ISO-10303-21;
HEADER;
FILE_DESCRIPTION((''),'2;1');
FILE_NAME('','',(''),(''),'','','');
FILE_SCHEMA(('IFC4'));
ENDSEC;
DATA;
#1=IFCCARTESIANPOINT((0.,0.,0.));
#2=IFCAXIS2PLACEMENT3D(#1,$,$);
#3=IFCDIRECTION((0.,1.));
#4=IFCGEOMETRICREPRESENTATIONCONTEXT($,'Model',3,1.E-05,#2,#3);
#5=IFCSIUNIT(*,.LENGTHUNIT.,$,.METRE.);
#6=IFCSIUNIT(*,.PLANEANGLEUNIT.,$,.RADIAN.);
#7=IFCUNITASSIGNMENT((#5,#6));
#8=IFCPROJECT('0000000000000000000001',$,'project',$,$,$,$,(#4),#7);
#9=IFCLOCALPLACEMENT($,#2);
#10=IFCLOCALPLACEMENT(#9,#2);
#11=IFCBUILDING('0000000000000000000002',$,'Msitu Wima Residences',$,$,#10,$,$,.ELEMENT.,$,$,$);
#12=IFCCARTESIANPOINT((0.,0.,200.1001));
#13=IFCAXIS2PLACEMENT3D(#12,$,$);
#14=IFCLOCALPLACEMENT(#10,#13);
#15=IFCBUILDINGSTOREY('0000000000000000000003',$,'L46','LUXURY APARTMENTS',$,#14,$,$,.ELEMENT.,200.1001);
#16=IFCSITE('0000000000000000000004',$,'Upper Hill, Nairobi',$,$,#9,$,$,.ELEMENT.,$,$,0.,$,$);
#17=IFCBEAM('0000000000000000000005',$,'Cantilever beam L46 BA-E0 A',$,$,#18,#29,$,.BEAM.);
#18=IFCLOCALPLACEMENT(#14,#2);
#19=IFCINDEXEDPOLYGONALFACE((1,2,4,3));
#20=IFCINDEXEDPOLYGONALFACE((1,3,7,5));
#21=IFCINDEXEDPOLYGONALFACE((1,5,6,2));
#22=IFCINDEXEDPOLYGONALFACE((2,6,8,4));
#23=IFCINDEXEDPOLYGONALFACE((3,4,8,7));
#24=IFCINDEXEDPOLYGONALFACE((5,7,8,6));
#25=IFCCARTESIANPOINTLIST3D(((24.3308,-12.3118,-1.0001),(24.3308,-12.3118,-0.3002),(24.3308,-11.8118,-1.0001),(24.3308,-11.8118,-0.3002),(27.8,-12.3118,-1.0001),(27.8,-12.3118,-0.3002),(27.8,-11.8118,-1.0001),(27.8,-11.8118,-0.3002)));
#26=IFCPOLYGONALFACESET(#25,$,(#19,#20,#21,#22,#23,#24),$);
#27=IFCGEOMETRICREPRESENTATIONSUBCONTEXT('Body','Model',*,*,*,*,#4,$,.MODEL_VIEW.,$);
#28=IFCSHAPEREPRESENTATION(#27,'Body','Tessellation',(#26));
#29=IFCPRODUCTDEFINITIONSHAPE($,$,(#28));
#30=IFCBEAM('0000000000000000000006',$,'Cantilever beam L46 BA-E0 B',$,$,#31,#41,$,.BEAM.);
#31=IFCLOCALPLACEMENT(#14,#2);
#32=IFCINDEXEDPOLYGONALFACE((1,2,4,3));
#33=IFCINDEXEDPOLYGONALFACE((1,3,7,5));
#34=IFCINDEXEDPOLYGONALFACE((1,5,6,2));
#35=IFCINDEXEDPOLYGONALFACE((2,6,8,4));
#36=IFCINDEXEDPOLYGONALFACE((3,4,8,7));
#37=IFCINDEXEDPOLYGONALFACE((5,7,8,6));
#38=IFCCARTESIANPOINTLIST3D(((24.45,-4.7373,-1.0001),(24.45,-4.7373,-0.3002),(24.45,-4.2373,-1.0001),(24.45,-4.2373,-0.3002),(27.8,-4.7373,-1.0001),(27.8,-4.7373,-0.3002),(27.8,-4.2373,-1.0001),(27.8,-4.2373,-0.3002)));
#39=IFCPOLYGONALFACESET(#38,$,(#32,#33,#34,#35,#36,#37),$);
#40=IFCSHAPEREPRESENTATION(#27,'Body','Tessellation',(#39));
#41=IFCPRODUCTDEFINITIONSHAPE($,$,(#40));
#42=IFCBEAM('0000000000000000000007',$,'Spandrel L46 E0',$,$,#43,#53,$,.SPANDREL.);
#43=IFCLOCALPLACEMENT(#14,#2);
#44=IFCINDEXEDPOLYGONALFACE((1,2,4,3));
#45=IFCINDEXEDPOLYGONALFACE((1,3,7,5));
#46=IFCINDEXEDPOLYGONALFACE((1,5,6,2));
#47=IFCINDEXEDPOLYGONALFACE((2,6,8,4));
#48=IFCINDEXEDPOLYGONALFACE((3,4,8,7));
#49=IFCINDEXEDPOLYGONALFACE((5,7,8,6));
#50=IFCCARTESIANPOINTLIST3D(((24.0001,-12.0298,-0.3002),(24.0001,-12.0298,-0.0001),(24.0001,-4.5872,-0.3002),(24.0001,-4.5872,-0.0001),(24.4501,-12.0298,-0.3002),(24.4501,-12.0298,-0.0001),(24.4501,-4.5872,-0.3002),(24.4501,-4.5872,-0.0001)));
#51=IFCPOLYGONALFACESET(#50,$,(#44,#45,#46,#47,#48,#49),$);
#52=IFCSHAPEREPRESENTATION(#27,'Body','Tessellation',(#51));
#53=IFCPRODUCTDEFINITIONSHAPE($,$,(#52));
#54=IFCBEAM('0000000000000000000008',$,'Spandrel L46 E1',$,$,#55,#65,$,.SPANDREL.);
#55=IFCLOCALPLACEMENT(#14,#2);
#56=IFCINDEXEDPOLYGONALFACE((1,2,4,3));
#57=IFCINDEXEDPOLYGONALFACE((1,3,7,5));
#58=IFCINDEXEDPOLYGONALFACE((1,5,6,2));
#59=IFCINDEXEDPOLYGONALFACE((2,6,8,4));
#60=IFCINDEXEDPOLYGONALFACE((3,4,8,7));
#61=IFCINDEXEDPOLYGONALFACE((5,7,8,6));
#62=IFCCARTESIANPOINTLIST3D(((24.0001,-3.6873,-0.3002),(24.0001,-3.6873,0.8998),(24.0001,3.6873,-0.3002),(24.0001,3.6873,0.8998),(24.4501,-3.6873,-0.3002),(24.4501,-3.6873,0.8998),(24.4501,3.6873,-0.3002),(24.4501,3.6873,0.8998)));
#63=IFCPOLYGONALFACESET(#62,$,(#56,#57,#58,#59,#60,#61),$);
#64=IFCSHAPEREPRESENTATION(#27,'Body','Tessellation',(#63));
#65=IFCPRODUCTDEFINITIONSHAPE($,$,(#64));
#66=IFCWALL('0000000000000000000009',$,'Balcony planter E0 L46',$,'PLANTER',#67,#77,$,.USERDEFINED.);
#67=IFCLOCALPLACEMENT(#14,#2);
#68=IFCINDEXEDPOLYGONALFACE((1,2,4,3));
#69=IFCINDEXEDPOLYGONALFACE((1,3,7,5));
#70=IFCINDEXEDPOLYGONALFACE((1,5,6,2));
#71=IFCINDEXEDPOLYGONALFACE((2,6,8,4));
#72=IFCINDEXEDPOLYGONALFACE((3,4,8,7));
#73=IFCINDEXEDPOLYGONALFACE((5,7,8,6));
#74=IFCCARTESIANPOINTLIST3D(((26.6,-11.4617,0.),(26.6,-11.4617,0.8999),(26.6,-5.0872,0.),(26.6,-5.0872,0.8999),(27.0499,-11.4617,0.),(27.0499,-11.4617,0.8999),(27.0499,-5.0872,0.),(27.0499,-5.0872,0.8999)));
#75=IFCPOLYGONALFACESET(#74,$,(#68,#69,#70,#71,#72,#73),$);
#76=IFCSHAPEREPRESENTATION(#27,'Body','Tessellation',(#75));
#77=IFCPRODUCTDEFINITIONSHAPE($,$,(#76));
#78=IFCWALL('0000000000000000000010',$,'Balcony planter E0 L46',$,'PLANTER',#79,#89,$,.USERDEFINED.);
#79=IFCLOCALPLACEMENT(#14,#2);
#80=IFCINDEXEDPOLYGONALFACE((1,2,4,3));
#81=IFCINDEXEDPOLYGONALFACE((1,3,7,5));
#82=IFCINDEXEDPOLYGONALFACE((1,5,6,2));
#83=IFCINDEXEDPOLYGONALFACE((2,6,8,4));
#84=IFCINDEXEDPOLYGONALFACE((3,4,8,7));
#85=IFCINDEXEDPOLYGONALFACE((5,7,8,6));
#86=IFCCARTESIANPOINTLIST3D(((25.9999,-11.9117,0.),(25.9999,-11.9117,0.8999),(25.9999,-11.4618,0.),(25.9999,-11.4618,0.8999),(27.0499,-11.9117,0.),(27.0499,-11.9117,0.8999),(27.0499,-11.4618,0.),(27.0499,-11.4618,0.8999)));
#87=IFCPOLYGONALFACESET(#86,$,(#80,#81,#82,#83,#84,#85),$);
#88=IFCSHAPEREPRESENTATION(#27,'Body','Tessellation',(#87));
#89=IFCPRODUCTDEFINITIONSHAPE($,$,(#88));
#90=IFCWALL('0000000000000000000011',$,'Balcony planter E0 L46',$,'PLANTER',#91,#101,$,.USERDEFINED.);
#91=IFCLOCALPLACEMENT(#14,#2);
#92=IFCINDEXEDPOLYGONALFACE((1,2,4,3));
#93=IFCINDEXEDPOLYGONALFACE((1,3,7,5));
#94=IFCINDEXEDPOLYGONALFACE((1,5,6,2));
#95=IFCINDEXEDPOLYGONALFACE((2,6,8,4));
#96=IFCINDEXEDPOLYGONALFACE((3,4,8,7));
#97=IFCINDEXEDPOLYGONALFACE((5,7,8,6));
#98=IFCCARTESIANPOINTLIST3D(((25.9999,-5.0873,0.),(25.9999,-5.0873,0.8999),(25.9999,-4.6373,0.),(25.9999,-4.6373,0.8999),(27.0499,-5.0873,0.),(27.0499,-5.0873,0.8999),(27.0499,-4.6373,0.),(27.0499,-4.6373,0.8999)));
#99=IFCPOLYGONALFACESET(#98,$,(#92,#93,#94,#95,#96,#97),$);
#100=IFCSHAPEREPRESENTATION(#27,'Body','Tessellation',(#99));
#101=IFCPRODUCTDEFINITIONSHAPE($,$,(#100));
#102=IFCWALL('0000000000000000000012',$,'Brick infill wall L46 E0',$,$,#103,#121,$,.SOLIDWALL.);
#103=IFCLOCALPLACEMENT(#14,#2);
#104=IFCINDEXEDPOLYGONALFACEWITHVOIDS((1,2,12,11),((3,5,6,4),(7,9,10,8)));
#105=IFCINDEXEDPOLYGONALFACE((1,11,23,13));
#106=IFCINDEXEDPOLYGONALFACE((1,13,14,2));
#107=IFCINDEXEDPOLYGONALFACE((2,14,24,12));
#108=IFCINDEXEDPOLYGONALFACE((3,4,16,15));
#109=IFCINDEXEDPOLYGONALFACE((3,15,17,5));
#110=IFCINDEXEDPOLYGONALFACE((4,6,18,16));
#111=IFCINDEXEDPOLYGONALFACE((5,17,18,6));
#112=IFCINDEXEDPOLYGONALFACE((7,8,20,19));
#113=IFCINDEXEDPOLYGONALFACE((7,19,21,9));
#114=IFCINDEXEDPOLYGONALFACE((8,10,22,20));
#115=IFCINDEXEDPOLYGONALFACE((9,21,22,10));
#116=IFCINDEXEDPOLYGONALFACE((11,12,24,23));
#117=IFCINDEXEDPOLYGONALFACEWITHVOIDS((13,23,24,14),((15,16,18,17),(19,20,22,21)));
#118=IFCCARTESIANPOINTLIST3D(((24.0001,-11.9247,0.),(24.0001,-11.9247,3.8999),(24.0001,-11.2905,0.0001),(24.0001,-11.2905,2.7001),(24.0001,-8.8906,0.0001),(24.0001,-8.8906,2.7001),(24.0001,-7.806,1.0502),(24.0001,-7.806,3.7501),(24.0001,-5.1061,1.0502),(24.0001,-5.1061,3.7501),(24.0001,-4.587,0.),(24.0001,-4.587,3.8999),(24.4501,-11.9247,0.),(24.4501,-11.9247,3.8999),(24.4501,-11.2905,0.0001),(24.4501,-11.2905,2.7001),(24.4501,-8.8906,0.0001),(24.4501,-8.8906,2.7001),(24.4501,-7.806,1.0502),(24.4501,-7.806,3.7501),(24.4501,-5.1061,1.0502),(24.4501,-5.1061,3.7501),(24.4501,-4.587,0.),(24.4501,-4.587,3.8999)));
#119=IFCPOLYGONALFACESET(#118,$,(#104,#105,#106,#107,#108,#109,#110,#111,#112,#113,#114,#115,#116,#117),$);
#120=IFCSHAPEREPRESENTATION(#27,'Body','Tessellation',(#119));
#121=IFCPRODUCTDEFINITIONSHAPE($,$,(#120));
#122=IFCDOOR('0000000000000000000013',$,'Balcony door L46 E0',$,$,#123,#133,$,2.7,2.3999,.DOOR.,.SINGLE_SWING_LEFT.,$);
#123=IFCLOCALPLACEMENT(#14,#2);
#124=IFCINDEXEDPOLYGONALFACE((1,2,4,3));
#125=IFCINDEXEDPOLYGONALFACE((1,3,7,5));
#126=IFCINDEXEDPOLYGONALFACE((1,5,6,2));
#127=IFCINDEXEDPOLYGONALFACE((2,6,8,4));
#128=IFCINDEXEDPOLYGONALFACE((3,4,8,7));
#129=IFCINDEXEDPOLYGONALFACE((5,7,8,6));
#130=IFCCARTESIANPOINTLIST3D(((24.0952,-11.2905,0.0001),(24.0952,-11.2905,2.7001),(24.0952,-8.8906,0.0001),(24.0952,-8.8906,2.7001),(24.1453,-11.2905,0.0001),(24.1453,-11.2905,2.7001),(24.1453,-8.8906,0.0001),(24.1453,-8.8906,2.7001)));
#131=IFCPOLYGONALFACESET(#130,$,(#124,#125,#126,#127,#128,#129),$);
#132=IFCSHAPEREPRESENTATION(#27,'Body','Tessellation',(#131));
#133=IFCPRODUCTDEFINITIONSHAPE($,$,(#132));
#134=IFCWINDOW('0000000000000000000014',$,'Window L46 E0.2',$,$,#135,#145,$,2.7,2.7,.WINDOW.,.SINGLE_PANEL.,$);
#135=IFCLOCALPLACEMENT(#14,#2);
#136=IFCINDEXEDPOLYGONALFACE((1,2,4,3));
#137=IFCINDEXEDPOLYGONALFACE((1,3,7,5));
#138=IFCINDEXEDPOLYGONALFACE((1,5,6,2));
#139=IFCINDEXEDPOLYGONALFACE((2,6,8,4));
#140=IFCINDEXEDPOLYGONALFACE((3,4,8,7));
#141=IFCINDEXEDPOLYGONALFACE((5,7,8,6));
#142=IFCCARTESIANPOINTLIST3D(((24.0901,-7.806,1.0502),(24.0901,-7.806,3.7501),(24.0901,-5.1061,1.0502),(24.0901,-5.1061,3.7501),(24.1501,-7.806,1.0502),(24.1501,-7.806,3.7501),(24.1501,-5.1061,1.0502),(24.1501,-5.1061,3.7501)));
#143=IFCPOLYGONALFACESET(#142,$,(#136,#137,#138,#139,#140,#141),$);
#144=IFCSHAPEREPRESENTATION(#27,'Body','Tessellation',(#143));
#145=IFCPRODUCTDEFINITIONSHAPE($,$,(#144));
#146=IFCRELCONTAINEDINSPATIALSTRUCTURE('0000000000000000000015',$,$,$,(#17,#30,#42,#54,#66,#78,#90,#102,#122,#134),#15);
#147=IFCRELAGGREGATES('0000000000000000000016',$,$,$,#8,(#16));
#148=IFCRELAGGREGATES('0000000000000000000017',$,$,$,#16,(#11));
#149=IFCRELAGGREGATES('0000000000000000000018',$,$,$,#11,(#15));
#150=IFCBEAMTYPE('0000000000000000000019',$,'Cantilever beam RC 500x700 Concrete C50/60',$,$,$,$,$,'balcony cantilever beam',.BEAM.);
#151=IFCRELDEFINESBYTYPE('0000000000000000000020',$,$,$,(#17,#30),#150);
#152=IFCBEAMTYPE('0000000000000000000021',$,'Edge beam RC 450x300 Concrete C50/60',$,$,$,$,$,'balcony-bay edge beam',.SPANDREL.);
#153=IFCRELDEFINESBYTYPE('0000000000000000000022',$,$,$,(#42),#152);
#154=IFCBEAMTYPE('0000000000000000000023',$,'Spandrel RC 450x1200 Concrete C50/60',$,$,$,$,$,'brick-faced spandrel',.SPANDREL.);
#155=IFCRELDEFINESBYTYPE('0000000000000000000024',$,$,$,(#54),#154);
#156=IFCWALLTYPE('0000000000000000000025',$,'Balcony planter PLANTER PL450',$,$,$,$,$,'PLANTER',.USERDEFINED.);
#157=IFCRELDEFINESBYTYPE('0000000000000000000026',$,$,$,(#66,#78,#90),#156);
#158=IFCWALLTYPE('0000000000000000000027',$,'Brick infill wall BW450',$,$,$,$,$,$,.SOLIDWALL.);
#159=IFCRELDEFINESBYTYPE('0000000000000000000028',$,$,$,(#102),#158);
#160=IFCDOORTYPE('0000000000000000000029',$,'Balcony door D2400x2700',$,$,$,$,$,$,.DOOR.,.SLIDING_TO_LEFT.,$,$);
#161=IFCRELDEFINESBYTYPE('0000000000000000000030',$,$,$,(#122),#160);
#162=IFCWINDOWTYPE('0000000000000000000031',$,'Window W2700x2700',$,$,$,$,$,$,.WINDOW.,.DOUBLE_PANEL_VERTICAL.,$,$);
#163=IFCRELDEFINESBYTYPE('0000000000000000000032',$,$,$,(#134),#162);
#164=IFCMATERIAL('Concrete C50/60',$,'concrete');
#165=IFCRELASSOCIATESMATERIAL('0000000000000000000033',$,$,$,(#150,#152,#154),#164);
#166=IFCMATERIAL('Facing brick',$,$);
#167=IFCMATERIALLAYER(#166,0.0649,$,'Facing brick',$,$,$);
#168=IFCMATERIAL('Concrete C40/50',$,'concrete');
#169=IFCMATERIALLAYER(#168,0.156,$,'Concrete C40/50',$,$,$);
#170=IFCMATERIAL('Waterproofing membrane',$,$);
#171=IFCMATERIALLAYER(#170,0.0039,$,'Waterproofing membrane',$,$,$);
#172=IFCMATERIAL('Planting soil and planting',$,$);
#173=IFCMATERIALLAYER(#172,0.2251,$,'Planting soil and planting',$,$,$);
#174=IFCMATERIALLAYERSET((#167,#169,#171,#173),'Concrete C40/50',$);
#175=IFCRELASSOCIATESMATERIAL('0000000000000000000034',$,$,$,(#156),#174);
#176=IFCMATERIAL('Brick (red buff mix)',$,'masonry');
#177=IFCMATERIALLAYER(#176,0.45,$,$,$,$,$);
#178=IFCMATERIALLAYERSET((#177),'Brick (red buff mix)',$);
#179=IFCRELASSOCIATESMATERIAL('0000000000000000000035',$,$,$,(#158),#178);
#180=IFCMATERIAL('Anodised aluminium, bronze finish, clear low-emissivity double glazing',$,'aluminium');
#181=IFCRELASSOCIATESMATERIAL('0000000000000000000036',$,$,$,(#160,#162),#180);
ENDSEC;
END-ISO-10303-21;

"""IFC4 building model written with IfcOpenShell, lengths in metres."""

from ifc_helpers import new_model, si_unit, direction, frame, frame_2d, origin, origin_2d, place, context, subcontext, project, spatial, rectangle, extrude, material, layer, layer_set, material_profile, profile_set, type_object, element, fill, save


model = new_model("IFC4")

# Units and contexts
model_context = context("Model", 3, precision=1e-05, world=origin(), true_north=direction((0.0, 1.0)))
body_context = subcontext(model_context, "Body", "Model", "MODEL_VIEW")
ifc_project = project(units=[si_unit("LENGTHUNIT", "METRE"), si_unit("PLANEANGLEUNIT", "RADIAN")], contexts=[model_context])

# Site, building, storey
site_placement = place(None, origin())
site = spatial("IfcSite", under=ifc_project, at=site_placement, Name="Upper Hill, Nairobi", CompositionType="ELEMENT", RefElevation=0.0)
building_placement = place(site_placement, origin())
building = spatial("IfcBuilding", under=site, at=building_placement, Name="Msitu Wima Residences", CompositionType="ELEMENT")
storey_placement = place(building_placement, frame((0.0, 0.0, 200.1001)))
storey = spatial("IfcBuildingStorey", under=building, at=storey_placement, Name="L46", Description="LUXURY APARTMENTS", CompositionType="ELEMENT", Elevation=200.1001)

# Beams
ifc_material_1 = material(Name="Concrete C50/60", Category="concrete")
ifc_material_profile_1 = material_profile(ifc_material_1, rectangle(XDim=0.5, YDim=0.7, at=origin_2d()), Name="RC 500x700")
ifc_profile_set_1 = profile_set([ifc_material_profile_1], Name="Concrete C50/60")
beam_type_1 = type_object("IfcBeamType", Name="Cantilever beam RC 500x700 Concrete C50/60", ElementType="balcony cantilever beam", PredefinedType="BEAM", material=ifc_profile_set_1)
beam_1_placement = place(storey_placement, frame((24.3308, -12.0618, -0.6501), z_axis=(1.0, 0.0, 0.0), x_axis=(0.0, 1.0, 0.0)))
element("IfcBeam", 1, at=beam_1_placement, inside=storey, type_object=beam_type_1, Name="Cantilever beam L46 BA-E0 A", PredefinedType="BEAM", context=body_context, shape_type="SweptSolid", body=[
    extrude(rectangle(XDim=0.5, YDim=0.7, at=origin_2d()), origin(), (0.0, 0.0, 1.0), 3.4692),
])
beam_2_placement = place(storey_placement, frame((24.45, -4.4873, -0.6501), z_axis=(1.0, 0.0, 0.0), x_axis=(0.0, 1.0, 0.0)))
element("IfcBeam", 2, at=beam_2_placement, inside=storey, type_object=beam_type_1, Name="Cantilever beam L46 BA-E0 B", PredefinedType="BEAM", context=body_context, shape_type="SweptSolid", body=[
    extrude(rectangle(XDim=0.5, YDim=0.7, at=origin_2d()), origin(), (0.0, 0.0, 1.0), 3.3501),
])
ifc_material_profile_2 = material_profile(ifc_material_1, rectangle(XDim=0.45, YDim=0.3, at=origin_2d()), Name="RC 450x300")
ifc_profile_set_2 = profile_set([ifc_material_profile_2], Name="Concrete C50/60")
beam_type_2 = type_object("IfcBeamType", Name="Edge beam RC 450x300 Concrete C50/60", ElementType="balcony-bay edge beam", PredefinedType="SPANDREL", material=ifc_profile_set_2)
beam_3_placement = place(storey_placement, frame((24.2251, -12.0298, -0.1501), z_axis=(0.0, 1.0, 0.0), x_axis=(-1.0, 0.0, 0.0)))
element("IfcBeam", 3, at=beam_3_placement, inside=storey, type_object=beam_type_2, Name="Spandrel L46 E0", PredefinedType="SPANDREL", context=body_context, shape_type="SweptSolid", body=[
    extrude(rectangle(XDim=0.45, YDim=0.3, at=origin_2d()), origin(), (0.0, 0.0, 1.0), 7.4426),
])
ifc_material_profile_3 = material_profile(ifc_material_1, rectangle(XDim=0.45, YDim=1.2, at=origin_2d()), Name="RC 450x1200")
ifc_profile_set_3 = profile_set([ifc_material_profile_3], Name="Concrete C50/60")
beam_type_3 = type_object("IfcBeamType", Name="Spandrel RC 450x1200 Concrete C50/60", ElementType="brick-faced spandrel", PredefinedType="SPANDREL", material=ifc_profile_set_3)
beam_4_placement = place(storey_placement, frame((24.2251, -3.6873, 0.2998), z_axis=(0.0, 1.0, 0.0), x_axis=(-1.0, 0.0, 0.0)))
element("IfcBeam", 4, at=beam_4_placement, inside=storey, type_object=beam_type_3, Name="Spandrel L46 E1", PredefinedType="SPANDREL", context=body_context, shape_type="SweptSolid", body=[
    extrude(rectangle(XDim=0.45, YDim=1.2, at=origin_2d()), origin(), (0.0, 0.0, 1.0), 7.3745),
])

# Walls
ifc_material_2 = material(Name="Facing brick")
ifc_layer_1 = layer(ifc_material_2, 0.0649, Name="Facing brick")
ifc_material_3 = material(Name="Concrete C40/50", Category="concrete")
ifc_layer_2 = layer(ifc_material_3, 0.156, Name="Concrete C40/50")
ifc_material_4 = material(Name="Waterproofing membrane")
ifc_layer_3 = layer(ifc_material_4, 0.0039, Name="Waterproofing membrane")
ifc_material_5 = material(Name="Planting soil and planting")
ifc_layer_4 = layer(ifc_material_5, 0.2251, Name="Planting soil and planting")
ifc_layer_set_1 = layer_set([ifc_layer_1, ifc_layer_2, ifc_layer_3, ifc_layer_4], Name="Concrete C40/50")
wall_type_1 = type_object("IfcWallType", Name="Balcony planter PLANTER PL450", ElementType="PLANTER", PredefinedType="USERDEFINED", material=ifc_layer_set_1)
wall_1_placement = place(storey_placement, frame((26.825, -11.4617, 0.0), z_axis=(0.0, 0.0, 1.0), x_axis=(0.0, 1.0, 0.0)))
element("IfcWall", 5, at=wall_1_placement, inside=storey, type_object=wall_type_1, Name="Balcony planter E0 L46", ObjectType="PLANTER", PredefinedType="USERDEFINED", context=body_context, shape_type="SweptSolid", body=[
    extrude(rectangle(XDim=6.3745, YDim=0.45, at=frame_2d((3.1873, 0.0))), origin(), (0.0, 0.0, 1.0), 0.8999),
])
for number, where, z_axis, x_axis, name in (
    (6, (26.0, -11.6868, 0.0), (0.0, 0.0, 1.0), (1.0, 0.0, 0.0), "Balcony planter E0 L46"),
    (7, (26.0, -4.8623, 0.0), (0.0, 0.0, 1.0), (1.0, 0.0, 0.0), "Balcony planter E0 L46"),
):
    element("IfcWall", number, at=place(storey_placement, frame(where, z_axis=z_axis, x_axis=x_axis)), inside=storey, type_object=wall_type_1, Name=name, ObjectType="PLANTER", PredefinedType="USERDEFINED", context=body_context, shape_type="SweptSolid", body=[
        extrude(rectangle(XDim=1.05, YDim=0.45, at=frame_2d((0.5249, 0.0))), origin(), (0.0, 0.0, 1.0), 0.8999),
    ])

# Wall, openings, door, window
ifc_material_6 = material(Name="Brick (red buff mix)", Category="masonry")
ifc_layer_5 = layer(ifc_material_6, 0.45)
ifc_layer_set_2 = layer_set([ifc_layer_5], Name="Brick (red buff mix)")
wall_type_2 = type_object("IfcWallType", Name="Brick infill wall BW450", PredefinedType="SOLIDWALL", material=ifc_layer_set_2)
wall_2_placement = place(storey_placement, frame((24.2251, -11.9248, 0.0), z_axis=(0.0, 0.0, 1.0), x_axis=(0.0, 1.0, 0.0)))
wall_2 = element("IfcWall", 8, at=wall_2_placement, inside=storey, type_object=wall_type_2, Name="Brick infill wall L46 E0", PredefinedType="SOLIDWALL", context=body_context, shape_type="SweptSolid", body=[
    extrude(rectangle(XDim=7.3376, YDim=0.45, at=frame_2d((3.6689, 0.0))), origin(), (0.0, 0.0, 1.0), 3.8999),
])
opening_1_placement = place(wall_2_placement, frame((0.6343, 0.0, 0.0)))
opening_1 = element("IfcOpeningElement", 9, at=opening_1_placement, cuts=wall_2, PredefinedType="OPENING", context=body_context, shape_type="SweptSolid", body=[
    extrude(rectangle(XDim=2.3999, YDim=2.7, at=frame_2d((1.2, 1.3501))), frame((0.0, 0.2349, 0.0), z_axis=(0.0, -1.0, 0.0), x_axis=(1.0, 0.0, 0.0)), (0.0, 0.0, 1.0), 0.47),
])
opening_2_placement = place(wall_2_placement, frame((4.1187, 0.0, 1.05)))
opening_2 = element("IfcOpeningElement", 10, at=opening_2_placement, cuts=wall_2, PredefinedType="OPENING", context=body_context, shape_type="SweptSolid", body=[
    extrude(rectangle(XDim=2.7, YDim=2.7, at=frame_2d((1.3501, 1.3501))), frame((0.0, 0.2349, 0.0), z_axis=(0.0, -1.0, 0.0), x_axis=(1.0, 0.0, 0.0)), (0.0, 0.0, 1.0), 0.47),
])
ifc_material_7 = material(Name="Anodised aluminium, bronze finish, clear low-emissivity double glazing", Category="aluminium")
door_type = type_object("IfcDoorType", Name="Balcony door D2400x2700", OperationType="SLIDING_TO_LEFT", PredefinedType="DOOR", material=ifc_material_7)
door_placement = place(opening_1_placement, origin())
door = element("IfcDoor", 11, at=door_placement, inside=storey, type_object=door_type, Name="Balcony door L46 E0", OperationType="SINGLE_SWING_LEFT", OverallHeight=2.7, OverallWidth=2.3999, PredefinedType="DOOR", context=body_context, shape_type="SweptSolid", body=[
    extrude(rectangle(XDim=2.3999, YDim=2.7, at=frame_2d((1.2, 1.3501))), frame((0.0, 0.1299, 0.0), z_axis=(0.0, -1.0, 0.0), x_axis=(1.0, 0.0, 0.0)), (0.0, 0.0, 1.0), 0.05),
])
fill(opening_1, door)
window_type = type_object("IfcWindowType", Name="Window W2700x2700", PartitioningType="DOUBLE_PANEL_VERTICAL", PredefinedType="WINDOW", material=ifc_material_7)
window_1_placement = place(opening_2_placement, origin())
window_1 = element("IfcWindow", 12, at=window_1_placement, inside=storey, type_object=window_type, Name="Window L46 E0.2", OverallHeight=2.7, OverallWidth=2.7, PartitioningType="SINGLE_PANEL", PredefinedType="WINDOW", context=body_context, shape_type="SweptSolid", body=[
    extrude(rectangle(XDim=2.7, YDim=2.7, at=frame_2d((1.3501, 1.3501))), frame((0.0, 0.135, 0.0), z_axis=(0.0, -1.0, 0.0), x_axis=(1.0, 0.0, 0.0)), (0.0, 0.0, 1.0), 0.0601),
])
fill(opening_2, window_1)

save(model, "model.ifc")
